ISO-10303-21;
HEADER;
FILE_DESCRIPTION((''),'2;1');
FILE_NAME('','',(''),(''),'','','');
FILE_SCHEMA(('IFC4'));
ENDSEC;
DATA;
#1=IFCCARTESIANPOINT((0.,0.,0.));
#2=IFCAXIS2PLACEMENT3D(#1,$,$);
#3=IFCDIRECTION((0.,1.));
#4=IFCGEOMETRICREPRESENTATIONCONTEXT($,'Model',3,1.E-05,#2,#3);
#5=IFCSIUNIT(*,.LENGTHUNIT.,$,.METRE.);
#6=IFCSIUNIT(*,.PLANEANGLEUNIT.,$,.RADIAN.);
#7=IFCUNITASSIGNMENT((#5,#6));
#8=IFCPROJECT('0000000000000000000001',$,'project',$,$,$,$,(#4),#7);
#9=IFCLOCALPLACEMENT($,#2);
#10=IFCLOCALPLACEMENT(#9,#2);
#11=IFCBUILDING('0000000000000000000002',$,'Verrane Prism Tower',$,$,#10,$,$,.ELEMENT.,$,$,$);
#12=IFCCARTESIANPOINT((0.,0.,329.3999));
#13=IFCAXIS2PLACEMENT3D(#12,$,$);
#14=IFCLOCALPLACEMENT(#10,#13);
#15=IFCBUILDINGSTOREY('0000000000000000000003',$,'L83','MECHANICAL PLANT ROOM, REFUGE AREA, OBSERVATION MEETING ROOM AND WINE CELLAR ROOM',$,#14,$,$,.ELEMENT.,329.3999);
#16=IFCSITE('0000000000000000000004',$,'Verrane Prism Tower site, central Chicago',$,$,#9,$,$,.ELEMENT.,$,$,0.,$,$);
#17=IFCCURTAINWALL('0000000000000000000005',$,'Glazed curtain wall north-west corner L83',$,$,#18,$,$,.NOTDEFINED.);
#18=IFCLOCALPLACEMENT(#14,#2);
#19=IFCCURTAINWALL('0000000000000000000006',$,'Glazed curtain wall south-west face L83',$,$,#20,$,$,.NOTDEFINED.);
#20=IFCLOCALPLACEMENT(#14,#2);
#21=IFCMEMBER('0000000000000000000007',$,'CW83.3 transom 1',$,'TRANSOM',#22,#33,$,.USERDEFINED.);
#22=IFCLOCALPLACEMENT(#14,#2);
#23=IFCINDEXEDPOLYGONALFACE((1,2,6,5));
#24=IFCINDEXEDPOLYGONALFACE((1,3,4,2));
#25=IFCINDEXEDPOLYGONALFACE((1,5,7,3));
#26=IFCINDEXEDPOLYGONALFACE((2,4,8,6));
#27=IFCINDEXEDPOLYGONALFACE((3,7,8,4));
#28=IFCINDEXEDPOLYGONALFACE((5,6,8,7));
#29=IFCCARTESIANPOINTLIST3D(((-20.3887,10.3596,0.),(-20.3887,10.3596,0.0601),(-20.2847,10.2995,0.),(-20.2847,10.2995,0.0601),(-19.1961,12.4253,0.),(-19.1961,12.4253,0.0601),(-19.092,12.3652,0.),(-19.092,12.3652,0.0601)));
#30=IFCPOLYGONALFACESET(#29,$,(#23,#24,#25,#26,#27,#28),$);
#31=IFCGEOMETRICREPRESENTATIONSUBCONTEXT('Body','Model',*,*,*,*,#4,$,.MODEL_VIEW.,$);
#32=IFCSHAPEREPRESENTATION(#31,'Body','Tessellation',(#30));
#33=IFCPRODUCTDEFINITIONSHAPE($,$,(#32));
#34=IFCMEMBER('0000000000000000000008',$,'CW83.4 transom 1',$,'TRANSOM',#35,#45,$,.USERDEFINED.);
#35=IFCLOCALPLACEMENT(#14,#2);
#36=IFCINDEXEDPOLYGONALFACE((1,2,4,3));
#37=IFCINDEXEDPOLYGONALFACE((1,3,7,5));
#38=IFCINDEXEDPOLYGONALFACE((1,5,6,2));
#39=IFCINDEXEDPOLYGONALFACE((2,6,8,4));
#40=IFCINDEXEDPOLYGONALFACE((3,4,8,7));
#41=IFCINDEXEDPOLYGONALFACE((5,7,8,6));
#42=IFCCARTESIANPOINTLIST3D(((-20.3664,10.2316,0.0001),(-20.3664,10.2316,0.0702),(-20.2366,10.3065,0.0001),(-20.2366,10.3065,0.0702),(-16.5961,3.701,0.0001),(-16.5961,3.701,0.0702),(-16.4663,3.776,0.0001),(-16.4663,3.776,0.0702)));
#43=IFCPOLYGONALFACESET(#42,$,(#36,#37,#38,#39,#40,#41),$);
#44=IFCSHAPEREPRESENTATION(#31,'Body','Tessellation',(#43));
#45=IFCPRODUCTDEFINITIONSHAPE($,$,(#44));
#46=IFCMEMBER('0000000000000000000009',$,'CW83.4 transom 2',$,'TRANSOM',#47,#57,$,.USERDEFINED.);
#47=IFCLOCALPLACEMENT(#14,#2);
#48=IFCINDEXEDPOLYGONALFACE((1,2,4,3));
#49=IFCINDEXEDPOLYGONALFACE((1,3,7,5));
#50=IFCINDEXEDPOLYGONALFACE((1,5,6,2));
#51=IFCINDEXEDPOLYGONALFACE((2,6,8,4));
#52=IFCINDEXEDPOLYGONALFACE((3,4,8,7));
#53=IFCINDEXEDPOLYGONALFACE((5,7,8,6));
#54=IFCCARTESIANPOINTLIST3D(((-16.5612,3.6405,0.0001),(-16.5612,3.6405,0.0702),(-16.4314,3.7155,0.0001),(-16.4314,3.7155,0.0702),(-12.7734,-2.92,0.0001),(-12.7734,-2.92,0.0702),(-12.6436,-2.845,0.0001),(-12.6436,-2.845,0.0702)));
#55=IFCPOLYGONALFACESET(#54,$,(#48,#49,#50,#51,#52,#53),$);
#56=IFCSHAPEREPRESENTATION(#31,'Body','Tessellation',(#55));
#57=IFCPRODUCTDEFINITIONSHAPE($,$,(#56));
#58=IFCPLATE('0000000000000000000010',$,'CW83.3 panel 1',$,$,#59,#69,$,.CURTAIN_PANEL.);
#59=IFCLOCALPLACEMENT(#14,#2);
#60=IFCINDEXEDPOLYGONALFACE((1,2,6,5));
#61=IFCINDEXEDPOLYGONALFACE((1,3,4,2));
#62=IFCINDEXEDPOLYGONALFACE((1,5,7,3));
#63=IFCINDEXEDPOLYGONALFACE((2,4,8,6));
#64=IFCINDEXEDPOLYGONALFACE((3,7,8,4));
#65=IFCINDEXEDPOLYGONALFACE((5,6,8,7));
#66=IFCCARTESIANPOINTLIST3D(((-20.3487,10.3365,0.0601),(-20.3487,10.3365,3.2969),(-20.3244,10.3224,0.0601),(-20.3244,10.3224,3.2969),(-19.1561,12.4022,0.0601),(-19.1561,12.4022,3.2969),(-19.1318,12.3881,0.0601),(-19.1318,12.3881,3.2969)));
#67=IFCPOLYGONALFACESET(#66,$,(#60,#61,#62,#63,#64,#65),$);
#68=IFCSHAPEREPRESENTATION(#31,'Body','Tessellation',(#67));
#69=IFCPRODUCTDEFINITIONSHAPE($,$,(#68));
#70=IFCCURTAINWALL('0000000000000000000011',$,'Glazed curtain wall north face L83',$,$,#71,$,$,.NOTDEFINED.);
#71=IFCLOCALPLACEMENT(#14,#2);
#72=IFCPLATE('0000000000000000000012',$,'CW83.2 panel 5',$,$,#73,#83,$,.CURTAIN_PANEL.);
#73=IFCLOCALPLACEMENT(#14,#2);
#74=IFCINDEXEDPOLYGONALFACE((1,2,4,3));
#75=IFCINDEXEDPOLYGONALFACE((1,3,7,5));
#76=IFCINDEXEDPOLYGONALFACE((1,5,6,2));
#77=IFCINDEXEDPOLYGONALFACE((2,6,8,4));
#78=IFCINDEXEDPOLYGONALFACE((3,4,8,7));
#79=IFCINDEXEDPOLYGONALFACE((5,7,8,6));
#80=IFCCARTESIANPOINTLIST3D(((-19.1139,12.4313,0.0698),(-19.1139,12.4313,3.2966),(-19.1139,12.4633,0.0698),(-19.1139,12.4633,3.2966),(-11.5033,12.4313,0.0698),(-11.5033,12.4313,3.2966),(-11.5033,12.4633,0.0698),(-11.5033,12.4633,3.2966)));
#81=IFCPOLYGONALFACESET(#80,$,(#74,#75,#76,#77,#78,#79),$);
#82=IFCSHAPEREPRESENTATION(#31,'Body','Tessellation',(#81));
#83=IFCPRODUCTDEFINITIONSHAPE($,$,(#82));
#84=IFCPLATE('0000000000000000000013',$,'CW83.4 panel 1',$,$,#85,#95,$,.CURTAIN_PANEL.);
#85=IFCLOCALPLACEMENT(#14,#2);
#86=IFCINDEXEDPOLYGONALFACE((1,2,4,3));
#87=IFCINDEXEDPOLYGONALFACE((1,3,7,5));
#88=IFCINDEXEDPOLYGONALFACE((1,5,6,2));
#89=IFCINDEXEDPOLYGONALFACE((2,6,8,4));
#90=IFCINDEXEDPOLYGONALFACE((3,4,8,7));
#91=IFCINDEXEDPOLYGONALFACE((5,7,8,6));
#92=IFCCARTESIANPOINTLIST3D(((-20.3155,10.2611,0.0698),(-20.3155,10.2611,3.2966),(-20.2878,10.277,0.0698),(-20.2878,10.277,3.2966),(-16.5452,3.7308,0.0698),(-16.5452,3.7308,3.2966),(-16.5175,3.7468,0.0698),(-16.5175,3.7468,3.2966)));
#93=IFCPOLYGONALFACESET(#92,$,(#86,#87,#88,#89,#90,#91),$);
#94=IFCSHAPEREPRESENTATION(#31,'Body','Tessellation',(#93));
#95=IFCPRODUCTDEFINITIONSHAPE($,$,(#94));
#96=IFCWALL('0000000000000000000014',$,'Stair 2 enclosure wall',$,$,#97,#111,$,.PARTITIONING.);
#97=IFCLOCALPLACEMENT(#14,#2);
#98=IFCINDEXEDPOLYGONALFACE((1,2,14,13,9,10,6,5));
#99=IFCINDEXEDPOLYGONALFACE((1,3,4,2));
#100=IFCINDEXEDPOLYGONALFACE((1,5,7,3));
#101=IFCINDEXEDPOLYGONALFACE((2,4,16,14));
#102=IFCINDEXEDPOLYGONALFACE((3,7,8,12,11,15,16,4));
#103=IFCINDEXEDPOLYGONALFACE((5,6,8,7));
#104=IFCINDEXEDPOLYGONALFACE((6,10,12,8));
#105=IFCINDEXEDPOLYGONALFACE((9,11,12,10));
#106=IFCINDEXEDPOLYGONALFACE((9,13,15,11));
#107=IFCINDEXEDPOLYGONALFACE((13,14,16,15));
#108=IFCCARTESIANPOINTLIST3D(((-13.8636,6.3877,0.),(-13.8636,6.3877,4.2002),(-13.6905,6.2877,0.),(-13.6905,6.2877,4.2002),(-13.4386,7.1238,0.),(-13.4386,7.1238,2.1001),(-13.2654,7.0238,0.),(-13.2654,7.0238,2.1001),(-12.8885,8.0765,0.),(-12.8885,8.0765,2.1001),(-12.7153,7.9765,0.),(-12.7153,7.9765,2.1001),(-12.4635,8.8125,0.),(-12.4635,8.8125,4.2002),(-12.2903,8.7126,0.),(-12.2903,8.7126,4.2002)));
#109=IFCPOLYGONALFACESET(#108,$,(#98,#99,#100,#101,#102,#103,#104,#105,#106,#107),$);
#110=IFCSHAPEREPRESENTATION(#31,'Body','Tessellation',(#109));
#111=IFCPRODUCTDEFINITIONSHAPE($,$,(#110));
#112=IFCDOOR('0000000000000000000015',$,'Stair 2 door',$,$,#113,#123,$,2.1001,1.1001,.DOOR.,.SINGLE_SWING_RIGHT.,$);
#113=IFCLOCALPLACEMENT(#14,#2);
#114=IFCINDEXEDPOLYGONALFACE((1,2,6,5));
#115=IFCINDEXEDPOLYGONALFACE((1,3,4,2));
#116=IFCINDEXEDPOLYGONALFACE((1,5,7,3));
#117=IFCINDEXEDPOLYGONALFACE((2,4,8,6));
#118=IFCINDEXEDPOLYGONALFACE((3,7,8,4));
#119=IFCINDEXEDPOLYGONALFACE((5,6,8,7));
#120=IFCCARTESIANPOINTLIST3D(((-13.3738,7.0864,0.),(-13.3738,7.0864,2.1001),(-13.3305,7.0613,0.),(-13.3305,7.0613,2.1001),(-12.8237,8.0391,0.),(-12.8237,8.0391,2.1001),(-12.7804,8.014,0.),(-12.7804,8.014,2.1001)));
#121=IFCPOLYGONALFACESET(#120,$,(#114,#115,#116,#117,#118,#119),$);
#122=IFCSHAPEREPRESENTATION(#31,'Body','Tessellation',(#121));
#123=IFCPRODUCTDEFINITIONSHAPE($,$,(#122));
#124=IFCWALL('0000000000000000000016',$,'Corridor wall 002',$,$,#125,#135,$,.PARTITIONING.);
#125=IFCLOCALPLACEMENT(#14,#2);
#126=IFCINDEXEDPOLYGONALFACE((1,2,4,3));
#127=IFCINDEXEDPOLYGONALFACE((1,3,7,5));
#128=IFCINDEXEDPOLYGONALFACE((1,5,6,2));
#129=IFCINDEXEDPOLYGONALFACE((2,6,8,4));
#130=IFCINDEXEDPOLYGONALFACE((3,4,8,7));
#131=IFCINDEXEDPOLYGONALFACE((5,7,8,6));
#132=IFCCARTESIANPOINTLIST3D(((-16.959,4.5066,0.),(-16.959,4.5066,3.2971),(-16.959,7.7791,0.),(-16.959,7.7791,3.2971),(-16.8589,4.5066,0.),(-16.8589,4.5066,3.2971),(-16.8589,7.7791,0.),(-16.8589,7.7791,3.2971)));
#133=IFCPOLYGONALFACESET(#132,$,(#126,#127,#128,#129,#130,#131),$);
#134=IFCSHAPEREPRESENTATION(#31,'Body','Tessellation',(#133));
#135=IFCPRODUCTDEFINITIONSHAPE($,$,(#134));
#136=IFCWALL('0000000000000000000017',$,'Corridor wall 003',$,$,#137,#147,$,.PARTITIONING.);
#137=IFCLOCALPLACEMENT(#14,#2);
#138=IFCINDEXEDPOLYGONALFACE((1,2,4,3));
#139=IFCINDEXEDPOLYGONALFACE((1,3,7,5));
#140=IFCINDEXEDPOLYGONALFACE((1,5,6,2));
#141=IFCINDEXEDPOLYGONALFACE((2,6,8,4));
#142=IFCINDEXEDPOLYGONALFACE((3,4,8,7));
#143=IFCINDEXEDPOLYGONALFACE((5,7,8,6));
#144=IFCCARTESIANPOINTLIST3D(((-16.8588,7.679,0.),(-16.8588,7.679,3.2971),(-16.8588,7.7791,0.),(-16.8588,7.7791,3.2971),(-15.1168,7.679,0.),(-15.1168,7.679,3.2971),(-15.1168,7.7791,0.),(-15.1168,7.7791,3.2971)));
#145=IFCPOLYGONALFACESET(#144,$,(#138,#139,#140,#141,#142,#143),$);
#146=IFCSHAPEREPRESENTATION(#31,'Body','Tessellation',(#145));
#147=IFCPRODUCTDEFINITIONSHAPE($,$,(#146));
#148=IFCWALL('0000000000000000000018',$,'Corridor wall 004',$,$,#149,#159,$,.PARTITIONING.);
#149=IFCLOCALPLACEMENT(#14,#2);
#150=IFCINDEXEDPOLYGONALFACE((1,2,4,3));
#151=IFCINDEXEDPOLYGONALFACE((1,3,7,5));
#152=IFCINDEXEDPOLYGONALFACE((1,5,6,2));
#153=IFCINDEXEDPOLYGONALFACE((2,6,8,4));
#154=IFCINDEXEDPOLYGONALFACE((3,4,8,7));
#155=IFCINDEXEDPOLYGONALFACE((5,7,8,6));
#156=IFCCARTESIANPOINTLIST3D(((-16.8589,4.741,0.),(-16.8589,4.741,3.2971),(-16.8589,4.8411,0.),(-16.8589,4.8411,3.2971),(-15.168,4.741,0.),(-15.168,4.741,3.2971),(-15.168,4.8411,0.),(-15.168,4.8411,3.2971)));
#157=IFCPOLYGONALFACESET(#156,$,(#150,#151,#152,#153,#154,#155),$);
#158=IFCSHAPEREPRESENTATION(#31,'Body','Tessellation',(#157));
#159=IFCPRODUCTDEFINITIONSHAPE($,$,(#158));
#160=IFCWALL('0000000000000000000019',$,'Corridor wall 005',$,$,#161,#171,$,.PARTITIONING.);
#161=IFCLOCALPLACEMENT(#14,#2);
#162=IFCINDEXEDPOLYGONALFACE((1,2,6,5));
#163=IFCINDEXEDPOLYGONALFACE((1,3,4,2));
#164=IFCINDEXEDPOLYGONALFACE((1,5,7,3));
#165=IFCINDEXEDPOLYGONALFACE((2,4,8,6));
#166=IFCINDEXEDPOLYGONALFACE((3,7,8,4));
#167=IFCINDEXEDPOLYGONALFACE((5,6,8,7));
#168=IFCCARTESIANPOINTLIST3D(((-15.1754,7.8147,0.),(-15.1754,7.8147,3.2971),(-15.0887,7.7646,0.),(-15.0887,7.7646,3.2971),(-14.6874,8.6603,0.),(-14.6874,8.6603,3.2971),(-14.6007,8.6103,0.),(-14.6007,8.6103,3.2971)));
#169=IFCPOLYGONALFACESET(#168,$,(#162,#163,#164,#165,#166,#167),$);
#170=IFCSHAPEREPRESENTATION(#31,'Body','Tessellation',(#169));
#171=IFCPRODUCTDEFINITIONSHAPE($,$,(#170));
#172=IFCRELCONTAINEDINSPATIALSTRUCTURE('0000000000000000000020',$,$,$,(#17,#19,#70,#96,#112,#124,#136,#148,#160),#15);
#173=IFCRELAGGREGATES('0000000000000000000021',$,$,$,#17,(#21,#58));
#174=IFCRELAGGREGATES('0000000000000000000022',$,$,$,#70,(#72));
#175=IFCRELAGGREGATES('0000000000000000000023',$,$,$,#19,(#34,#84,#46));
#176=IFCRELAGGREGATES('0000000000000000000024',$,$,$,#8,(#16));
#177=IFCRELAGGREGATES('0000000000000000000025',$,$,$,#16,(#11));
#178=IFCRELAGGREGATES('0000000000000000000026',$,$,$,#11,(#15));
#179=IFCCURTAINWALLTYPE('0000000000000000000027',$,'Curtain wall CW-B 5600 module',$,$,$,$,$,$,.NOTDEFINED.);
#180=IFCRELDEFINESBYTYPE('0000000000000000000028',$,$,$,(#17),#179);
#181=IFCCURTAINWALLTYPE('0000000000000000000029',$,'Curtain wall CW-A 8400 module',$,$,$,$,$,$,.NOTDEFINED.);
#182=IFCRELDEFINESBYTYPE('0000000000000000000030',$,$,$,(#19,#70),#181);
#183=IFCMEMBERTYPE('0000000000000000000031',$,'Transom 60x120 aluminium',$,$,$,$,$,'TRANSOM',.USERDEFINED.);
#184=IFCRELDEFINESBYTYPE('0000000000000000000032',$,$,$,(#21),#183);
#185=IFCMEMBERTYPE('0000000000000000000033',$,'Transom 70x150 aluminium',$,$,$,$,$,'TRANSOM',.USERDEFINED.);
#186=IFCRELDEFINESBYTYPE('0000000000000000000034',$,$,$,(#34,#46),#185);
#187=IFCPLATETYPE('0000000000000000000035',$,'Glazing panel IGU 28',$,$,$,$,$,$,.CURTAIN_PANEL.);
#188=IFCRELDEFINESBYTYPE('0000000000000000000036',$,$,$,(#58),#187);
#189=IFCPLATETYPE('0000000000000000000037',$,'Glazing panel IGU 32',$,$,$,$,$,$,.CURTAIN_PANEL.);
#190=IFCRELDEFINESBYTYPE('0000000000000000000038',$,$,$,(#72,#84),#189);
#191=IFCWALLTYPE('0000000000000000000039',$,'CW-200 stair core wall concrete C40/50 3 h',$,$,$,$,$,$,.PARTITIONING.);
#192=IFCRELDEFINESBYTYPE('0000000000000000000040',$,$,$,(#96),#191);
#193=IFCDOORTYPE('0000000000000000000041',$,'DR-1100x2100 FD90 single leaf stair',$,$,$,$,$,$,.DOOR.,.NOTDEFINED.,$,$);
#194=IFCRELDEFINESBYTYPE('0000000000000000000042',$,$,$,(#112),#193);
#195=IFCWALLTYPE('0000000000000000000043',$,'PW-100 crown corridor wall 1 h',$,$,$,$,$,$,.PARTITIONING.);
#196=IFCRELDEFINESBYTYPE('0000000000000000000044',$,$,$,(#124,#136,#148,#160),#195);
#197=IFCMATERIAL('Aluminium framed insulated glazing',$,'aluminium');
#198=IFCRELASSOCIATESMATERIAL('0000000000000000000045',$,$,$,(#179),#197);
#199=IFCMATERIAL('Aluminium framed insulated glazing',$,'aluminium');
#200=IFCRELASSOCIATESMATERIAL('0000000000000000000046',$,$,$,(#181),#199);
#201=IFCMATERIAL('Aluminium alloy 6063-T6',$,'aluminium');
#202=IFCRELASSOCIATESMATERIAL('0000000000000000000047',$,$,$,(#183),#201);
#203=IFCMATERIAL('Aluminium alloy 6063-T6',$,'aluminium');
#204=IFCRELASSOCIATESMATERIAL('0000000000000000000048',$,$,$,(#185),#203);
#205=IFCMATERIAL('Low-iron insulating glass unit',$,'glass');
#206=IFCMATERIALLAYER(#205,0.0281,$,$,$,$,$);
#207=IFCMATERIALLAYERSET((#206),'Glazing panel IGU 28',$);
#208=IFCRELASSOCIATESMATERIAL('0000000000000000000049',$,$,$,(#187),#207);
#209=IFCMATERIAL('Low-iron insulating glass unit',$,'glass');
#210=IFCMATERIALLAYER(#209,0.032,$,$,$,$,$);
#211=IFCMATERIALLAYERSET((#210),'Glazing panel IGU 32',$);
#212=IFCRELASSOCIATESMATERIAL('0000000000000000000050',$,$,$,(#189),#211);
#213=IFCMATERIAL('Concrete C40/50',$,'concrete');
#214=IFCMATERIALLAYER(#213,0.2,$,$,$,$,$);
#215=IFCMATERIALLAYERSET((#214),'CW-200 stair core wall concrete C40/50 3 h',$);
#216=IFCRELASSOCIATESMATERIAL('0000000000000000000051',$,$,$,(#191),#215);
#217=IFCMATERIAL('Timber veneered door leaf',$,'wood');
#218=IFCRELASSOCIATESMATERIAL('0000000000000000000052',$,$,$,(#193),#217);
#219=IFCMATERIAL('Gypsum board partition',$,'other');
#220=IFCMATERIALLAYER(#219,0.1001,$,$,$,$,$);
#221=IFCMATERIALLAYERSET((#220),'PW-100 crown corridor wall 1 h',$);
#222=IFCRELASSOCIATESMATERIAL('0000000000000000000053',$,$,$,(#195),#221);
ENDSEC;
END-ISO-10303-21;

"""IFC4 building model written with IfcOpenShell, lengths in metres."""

from ifc_helpers import new_model, si_unit, direction, frame, frame_2d, origin, origin_2d, place, context, subcontext, project, spatial, rectangle, extrude, material, layer, layer_set, material_profile, profile_set, type_object, element, fill, aggregate, save


model = new_model("IFC4")

# Units and contexts
model_context = context("Model", 3, precision=1e-05, world=origin(), true_north=direction((0.0, 1.0)))
body_context = subcontext(model_context, "Body", "Model", "MODEL_VIEW")
ifc_project = project(units=[si_unit("LENGTHUNIT", "METRE"), si_unit("PLANEANGLEUNIT", "RADIAN")], contexts=[model_context])

# Site, building, storey
site_placement = place(None, origin())
site = spatial("IfcSite", under=ifc_project, at=site_placement, Name="Verrane Prism Tower site, central Chicago", CompositionType="ELEMENT", RefElevation=0.0)
building_placement = place(site_placement, origin())
building = spatial("IfcBuilding", under=site, at=building_placement, Name="Verrane Prism Tower", CompositionType="ELEMENT")
storey_placement = place(building_placement, frame((0.0, 0.0, 329.3999)))
storey = spatial("IfcBuildingStorey", under=building, at=storey_placement, Name="L83", Description="MECHANICAL PLANT ROOM, REFUGE AREA, OBSERVATION MEETING ROOM AND WINE CELLAR ROOM", CompositionType="ELEMENT", Elevation=329.3999)

# Curtain wall
ifc_material_1 = material(Name="Aluminium framed insulated glazing", Category="aluminium")
curtain_wall_type_1 = type_object("IfcCurtainWallType", Name="Curtain wall CW-B 5600 module", PredefinedType="NOTDEFINED", material=ifc_material_1)
curtain_wall_1_placement = place(storey_placement, origin())
curtain_wall_1 = element("IfcCurtainWall", 1, at=curtain_wall_1_placement, inside=storey, type_object=curtain_wall_type_1, Name="Glazed curtain wall north-west corner L83", PredefinedType="NOTDEFINED")

# Curtain wall
ifc_material_2 = material(Name="Aluminium framed insulated glazing", Category="aluminium")
curtain_wall_type_2 = type_object("IfcCurtainWallType", Name="Curtain wall CW-A 8400 module", PredefinedType="NOTDEFINED", material=ifc_material_2)
curtain_wall_2_placement = place(storey_placement, origin())
curtain_wall_2 = element("IfcCurtainWall", 2, at=curtain_wall_2_placement, inside=storey, type_object=curtain_wall_type_2, Name="Glazed curtain wall south-west face L83", PredefinedType="NOTDEFINED")

# Members
ifc_material_3 = material(Name="Aluminium alloy 6063-T6", Category="aluminium")
ifc_material_profile_1 = material_profile(ifc_material_3, rectangle(XDim=0.1201, YDim=0.0601, at=origin_2d()), Name="Transom 60x120 aluminium")
ifc_profile_set_1 = profile_set([ifc_material_profile_1], Name="Aluminium alloy 6063-T6")
member_type_1 = type_object("IfcMemberType", Name="Transom 60x120 aluminium", ElementType="TRANSOM", PredefinedType="USERDEFINED", material=ifc_profile_set_1)
member_1_placement = place(storey_placement, frame((-19.144, 12.3953, 0.03), z_axis=(-0.500003, -0.866024, 0.0), x_axis=(0.866024, -0.500003, 0.0)))
member_1 = element("IfcMember", 3, at=member_1_placement, type_object=member_type_1, Name="CW83.3 transom 1", ObjectType="TRANSOM", PredefinedType="USERDEFINED", context=body_context, shape_type="SweptSolid", body=[
    extrude(rectangle(XDim=0.1201, YDim=0.0601, at=origin_2d()), origin(), (0.0, 0.0, 1.0), 2.3853),
])
ifc_material_4 = material(Name="Aluminium alloy 6063-T6", Category="aluminium")
ifc_material_profile_2 = material_profile(ifc_material_4, rectangle(XDim=0.1499, YDim=0.0701, at=origin_2d()), Name="Transom 70x150 aluminium")
ifc_profile_set_2 = profile_set([ifc_material_profile_2], Name="Aluminium alloy 6063-T6")
member_type_2 = type_object("IfcMemberType", Name="Transom 70x150 aluminium", ElementType="TRANSOM", PredefinedType="USERDEFINED", material=ifc_profile_set_2)
member_2_placement = place(storey_placement, frame((-20.3015, 10.269, 0.0352), z_axis=(0.499987, -0.866033, 0.0), x_axis=(0.866033, 0.499987, 0.0)))
member_2 = element("IfcMember", 4, at=member_2_placement, type_object=member_type_2, Name="CW83.4 transom 1", ObjectType="TRANSOM", PredefinedType="USERDEFINED", context=body_context, shape_type="SweptSolid", body=[
    extrude(rectangle(XDim=0.1499, YDim=0.0701, at=origin_2d()), origin(), (0.0, 0.0, 1.0), 7.5408),
])
member_3_placement = place(storey_placement, frame((-16.4963, 3.678, 0.0352), z_axis=(0.500011, -0.866019, 0.0), x_axis=(0.866019, 0.500011, 0.0)))
member_3 = element("IfcMember", 5, at=member_3_placement, type_object=member_type_2, Name="CW83.4 transom 2", ObjectType="TRANSOM", PredefinedType="USERDEFINED", context=body_context, shape_type="SweptSolid", body=[
    extrude(rectangle(XDim=0.1499, YDim=0.0701, at=origin_2d()), origin(), (0.0, 0.0, 1.0), 7.5754),
])

# Plate
ifc_material_5 = material(Name="Low-iron insulating glass unit", Category="glass")
ifc_layer_1 = layer(ifc_material_5, 0.0281)
ifc_layer_set_1 = layer_set([ifc_layer_1], Name="Glazing panel IGU 28")
plate_type_1 = type_object("IfcPlateType", Name="Glazing panel IGU 28", PredefinedType="CURTAIN_PANEL", material=ifc_layer_set_1)
plate_1_placement = place(storey_placement, frame((-19.7402, 11.3623, 0.0601), z_axis=(0.0, 0.0, 1.0), x_axis=(-0.500001, -0.866025, 0.0)))
plate_1 = element("IfcPlate", 6, at=plate_1_placement, type_object=plate_type_1, Name="CW83.3 panel 1", PredefinedType="CURTAIN_PANEL", context=body_context, shape_type="SweptSolid", body=[
    extrude(rectangle(XDim=2.3853, YDim=0.0281, at=origin_2d()), origin(), (0.0, 0.0, 1.0), 3.2368),
])
aggregate(curtain_wall_1, [member_1, plate_1])

# Curtain wall, plate
curtain_wall_3_placement = place(storey_placement, origin())
curtain_wall_3 = element("IfcCurtainWall", 7, at=curtain_wall_3_placement, inside=storey, type_object=curtain_wall_type_2, Name="Glazed curtain wall north face L83", PredefinedType="NOTDEFINED")
ifc_material_6 = material(Name="Low-iron insulating glass unit", Category="glass")
ifc_layer_2 = layer(ifc_material_6, 0.032)
ifc_layer_set_2 = layer_set([ifc_layer_2], Name="Glazing panel IGU 32")
plate_type_2 = type_object("IfcPlateType", Name="Glazing panel IGU 32", PredefinedType="CURTAIN_PANEL", material=ifc_layer_set_2)
plate_2_placement = place(storey_placement, frame((-15.3086, 12.4473, 0.0698), z_axis=(0.0, 0.0, 1.0), x_axis=(-1.0, 0.0, 0.0)))
plate_2 = element("IfcPlate", 8, at=plate_2_placement, type_object=plate_type_2, Name="CW83.2 panel 5", PredefinedType="CURTAIN_PANEL", context=body_context, shape_type="SweptSolid", body=[
    extrude(rectangle(XDim=7.6106, YDim=0.032, at=origin_2d()), origin(), (0.0, 0.0, 1.0), 3.2268),
])
aggregate(curtain_wall_3, [plate_2])

# Plate
plate_3_placement = place(storey_placement, frame((-18.4165, 7.0039, 0.0698), z_axis=(0.0, 0.0, 1.0), x_axis=(0.5, -0.866025, 0.0)))
plate_3 = element("IfcPlate", 9, at=plate_3_placement, type_object=plate_type_2, Name="CW83.4 panel 1", PredefinedType="CURTAIN_PANEL", context=body_context, shape_type="SweptSolid", body=[
    extrude(rectangle(XDim=7.5405, YDim=0.032, at=origin_2d()), origin(), (0.0, 0.0, 1.0), 3.2268),
])
aggregate(curtain_wall_2, [member_2, plate_3, member_3])

# Wall, opening, door
ifc_material_7 = material(Name="Concrete C40/50", Category="concrete")
ifc_layer_3 = layer(ifc_material_7, 0.2)
ifc_layer_set_3 = layer_set([ifc_layer_3], Name="CW-200 stair core wall concrete C40/50 3 h")
wall_type_1 = type_object("IfcWallType", Name="CW-200 stair core wall concrete C40/50 3 h", PredefinedType="PARTITIONING", material=ifc_layer_set_3)
wall_1_placement = place(storey_placement, frame((-12.377, 8.7625, 0.0), z_axis=(0.0, 0.0, 1.0), x_axis=(-0.50005, -0.865997, 0.0)))
wall_1 = element("IfcWall", 10, at=wall_1_placement, inside=storey, type_object=wall_type_1, Name="Stair 2 enclosure wall", PredefinedType="PARTITIONING", context=body_context, shape_type="SweptSolid", body=[
    extrude(rectangle(XDim=2.8, YDim=0.2, at=frame_2d((1.3999, 0.0))), origin(), (0.0, 0.0, 1.0), 4.2002),
])
opening_1_placement = place(wall_1_placement, frame((0.8499, 0.0, 0.0)))
opening_1 = element("IfcOpeningElement", 11, at=opening_1_placement, cuts=wall_1, PredefinedType="OPENING", context=body_context, shape_type="SweptSolid", body=[
    extrude(rectangle(XDim=1.1001, YDim=2.1001, at=frame_2d((0.55, 1.05))), frame((0.0, 0.1099, 0.0), z_axis=(0.0, -1.0, 0.0), x_axis=(1.0, 0.0, 0.0)), (0.0, 0.0, 1.0), 0.22),
])
ifc_material_8 = material(Name="Timber veneered door leaf", Category="wood")
door_type_1 = type_object("IfcDoorType", Name="DR-1100x2100 FD90 single leaf stair", OperationType="NOTDEFINED", PredefinedType="DOOR", material=ifc_material_8)
door_1_placement = place(opening_1_placement, origin())
door_1 = element("IfcDoor", 12, at=door_1_placement, inside=storey, type_object=door_type_1, Name="Stair 2 door", OperationType="SINGLE_SWING_RIGHT", OverallHeight=2.1001, OverallWidth=1.1001, PredefinedType="DOOR", context=body_context, shape_type="SweptSolid", body=[
    extrude(rectangle(XDim=1.1001, YDim=2.1001, at=frame_2d((0.55, 1.05))), frame((0.0, 0.0249, 0.0), z_axis=(0.0, -1.0, 0.0), x_axis=(1.0, 0.0, 0.0)), (0.0, 0.0, 1.0), 0.05),
])
fill(opening_1, door_1)

# Walls
ifc_material_9 = material(Name="Gypsum board partition", Category="other")
ifc_layer_4 = layer(ifc_material_9, 0.1001)
ifc_layer_set_4 = layer_set([ifc_layer_4], Name="PW-100 crown corridor wall 1 h")
wall_type_2 = type_object("IfcWallType", Name="PW-100 crown corridor wall 1 h", PredefinedType="PARTITIONING", material=ifc_layer_set_4)
wall_2_placement = place(storey_placement, frame((-16.9089, 4.5066, 0.0), z_axis=(0.0, 0.0, 1.0), x_axis=(0.0, 1.0, 0.0)))
element("IfcWall", 13, at=wall_2_placement, inside=storey, type_object=wall_type_2, Name="Corridor wall 002", PredefinedType="PARTITIONING", context=body_context, shape_type="SweptSolid", body=[
    extrude(rectangle(XDim=3.2725, YDim=0.1001, at=frame_2d((1.6362, 0.0))), origin(), (0.0, 0.0, 1.0), 3.2971),
])
wall_3_placement = place(storey_placement, frame((-16.8589, 7.729, 0.0), z_axis=(0.0, 0.0, 1.0), x_axis=(1.0, 0.0, 0.0)))
element("IfcWall", 14, at=wall_3_placement, inside=storey, type_object=wall_type_2, Name="Corridor wall 003", PredefinedType="PARTITIONING", context=body_context, shape_type="SweptSolid", body=[
    extrude(rectangle(XDim=1.7419, YDim=0.1001, at=frame_2d((0.8711, 0.0))), origin(), (0.0, 0.0, 1.0), 3.2971),
])
wall_4_placement = place(storey_placement, frame((-16.8589, 4.791, 0.0), z_axis=(0.0, 0.0, 1.0), x_axis=(1.0, 0.0, 0.0)))
element("IfcWall", 15, at=wall_4_placement, inside=storey, type_object=wall_type_2, Name="Corridor wall 004", PredefinedType="PARTITIONING", context=body_context, shape_type="SweptSolid", body=[
    extrude(rectangle(XDim=1.6909, YDim=0.1001, at=frame_2d((0.8455, 0.0))), origin(), (0.0, 0.0, 1.0), 3.2971),
])
wall_5_placement = place(storey_placement, frame((-15.1321, 7.7896, 0.0), z_axis=(0.0, 0.0, 1.0), x_axis=(0.499823, 0.866127, 0.0)))
element("IfcWall", 16, at=wall_5_placement, inside=storey, type_object=wall_type_2, Name="Corridor wall 005", PredefinedType="PARTITIONING", context=body_context, shape_type="SweptSolid", body=[
    extrude(rectangle(XDim=0.9763, YDim=0.1001, at=frame_2d((0.4883, 0.0))), origin(), (0.0, 0.0, 1.0), 3.2971),
])

save(model, "model.ifc")
